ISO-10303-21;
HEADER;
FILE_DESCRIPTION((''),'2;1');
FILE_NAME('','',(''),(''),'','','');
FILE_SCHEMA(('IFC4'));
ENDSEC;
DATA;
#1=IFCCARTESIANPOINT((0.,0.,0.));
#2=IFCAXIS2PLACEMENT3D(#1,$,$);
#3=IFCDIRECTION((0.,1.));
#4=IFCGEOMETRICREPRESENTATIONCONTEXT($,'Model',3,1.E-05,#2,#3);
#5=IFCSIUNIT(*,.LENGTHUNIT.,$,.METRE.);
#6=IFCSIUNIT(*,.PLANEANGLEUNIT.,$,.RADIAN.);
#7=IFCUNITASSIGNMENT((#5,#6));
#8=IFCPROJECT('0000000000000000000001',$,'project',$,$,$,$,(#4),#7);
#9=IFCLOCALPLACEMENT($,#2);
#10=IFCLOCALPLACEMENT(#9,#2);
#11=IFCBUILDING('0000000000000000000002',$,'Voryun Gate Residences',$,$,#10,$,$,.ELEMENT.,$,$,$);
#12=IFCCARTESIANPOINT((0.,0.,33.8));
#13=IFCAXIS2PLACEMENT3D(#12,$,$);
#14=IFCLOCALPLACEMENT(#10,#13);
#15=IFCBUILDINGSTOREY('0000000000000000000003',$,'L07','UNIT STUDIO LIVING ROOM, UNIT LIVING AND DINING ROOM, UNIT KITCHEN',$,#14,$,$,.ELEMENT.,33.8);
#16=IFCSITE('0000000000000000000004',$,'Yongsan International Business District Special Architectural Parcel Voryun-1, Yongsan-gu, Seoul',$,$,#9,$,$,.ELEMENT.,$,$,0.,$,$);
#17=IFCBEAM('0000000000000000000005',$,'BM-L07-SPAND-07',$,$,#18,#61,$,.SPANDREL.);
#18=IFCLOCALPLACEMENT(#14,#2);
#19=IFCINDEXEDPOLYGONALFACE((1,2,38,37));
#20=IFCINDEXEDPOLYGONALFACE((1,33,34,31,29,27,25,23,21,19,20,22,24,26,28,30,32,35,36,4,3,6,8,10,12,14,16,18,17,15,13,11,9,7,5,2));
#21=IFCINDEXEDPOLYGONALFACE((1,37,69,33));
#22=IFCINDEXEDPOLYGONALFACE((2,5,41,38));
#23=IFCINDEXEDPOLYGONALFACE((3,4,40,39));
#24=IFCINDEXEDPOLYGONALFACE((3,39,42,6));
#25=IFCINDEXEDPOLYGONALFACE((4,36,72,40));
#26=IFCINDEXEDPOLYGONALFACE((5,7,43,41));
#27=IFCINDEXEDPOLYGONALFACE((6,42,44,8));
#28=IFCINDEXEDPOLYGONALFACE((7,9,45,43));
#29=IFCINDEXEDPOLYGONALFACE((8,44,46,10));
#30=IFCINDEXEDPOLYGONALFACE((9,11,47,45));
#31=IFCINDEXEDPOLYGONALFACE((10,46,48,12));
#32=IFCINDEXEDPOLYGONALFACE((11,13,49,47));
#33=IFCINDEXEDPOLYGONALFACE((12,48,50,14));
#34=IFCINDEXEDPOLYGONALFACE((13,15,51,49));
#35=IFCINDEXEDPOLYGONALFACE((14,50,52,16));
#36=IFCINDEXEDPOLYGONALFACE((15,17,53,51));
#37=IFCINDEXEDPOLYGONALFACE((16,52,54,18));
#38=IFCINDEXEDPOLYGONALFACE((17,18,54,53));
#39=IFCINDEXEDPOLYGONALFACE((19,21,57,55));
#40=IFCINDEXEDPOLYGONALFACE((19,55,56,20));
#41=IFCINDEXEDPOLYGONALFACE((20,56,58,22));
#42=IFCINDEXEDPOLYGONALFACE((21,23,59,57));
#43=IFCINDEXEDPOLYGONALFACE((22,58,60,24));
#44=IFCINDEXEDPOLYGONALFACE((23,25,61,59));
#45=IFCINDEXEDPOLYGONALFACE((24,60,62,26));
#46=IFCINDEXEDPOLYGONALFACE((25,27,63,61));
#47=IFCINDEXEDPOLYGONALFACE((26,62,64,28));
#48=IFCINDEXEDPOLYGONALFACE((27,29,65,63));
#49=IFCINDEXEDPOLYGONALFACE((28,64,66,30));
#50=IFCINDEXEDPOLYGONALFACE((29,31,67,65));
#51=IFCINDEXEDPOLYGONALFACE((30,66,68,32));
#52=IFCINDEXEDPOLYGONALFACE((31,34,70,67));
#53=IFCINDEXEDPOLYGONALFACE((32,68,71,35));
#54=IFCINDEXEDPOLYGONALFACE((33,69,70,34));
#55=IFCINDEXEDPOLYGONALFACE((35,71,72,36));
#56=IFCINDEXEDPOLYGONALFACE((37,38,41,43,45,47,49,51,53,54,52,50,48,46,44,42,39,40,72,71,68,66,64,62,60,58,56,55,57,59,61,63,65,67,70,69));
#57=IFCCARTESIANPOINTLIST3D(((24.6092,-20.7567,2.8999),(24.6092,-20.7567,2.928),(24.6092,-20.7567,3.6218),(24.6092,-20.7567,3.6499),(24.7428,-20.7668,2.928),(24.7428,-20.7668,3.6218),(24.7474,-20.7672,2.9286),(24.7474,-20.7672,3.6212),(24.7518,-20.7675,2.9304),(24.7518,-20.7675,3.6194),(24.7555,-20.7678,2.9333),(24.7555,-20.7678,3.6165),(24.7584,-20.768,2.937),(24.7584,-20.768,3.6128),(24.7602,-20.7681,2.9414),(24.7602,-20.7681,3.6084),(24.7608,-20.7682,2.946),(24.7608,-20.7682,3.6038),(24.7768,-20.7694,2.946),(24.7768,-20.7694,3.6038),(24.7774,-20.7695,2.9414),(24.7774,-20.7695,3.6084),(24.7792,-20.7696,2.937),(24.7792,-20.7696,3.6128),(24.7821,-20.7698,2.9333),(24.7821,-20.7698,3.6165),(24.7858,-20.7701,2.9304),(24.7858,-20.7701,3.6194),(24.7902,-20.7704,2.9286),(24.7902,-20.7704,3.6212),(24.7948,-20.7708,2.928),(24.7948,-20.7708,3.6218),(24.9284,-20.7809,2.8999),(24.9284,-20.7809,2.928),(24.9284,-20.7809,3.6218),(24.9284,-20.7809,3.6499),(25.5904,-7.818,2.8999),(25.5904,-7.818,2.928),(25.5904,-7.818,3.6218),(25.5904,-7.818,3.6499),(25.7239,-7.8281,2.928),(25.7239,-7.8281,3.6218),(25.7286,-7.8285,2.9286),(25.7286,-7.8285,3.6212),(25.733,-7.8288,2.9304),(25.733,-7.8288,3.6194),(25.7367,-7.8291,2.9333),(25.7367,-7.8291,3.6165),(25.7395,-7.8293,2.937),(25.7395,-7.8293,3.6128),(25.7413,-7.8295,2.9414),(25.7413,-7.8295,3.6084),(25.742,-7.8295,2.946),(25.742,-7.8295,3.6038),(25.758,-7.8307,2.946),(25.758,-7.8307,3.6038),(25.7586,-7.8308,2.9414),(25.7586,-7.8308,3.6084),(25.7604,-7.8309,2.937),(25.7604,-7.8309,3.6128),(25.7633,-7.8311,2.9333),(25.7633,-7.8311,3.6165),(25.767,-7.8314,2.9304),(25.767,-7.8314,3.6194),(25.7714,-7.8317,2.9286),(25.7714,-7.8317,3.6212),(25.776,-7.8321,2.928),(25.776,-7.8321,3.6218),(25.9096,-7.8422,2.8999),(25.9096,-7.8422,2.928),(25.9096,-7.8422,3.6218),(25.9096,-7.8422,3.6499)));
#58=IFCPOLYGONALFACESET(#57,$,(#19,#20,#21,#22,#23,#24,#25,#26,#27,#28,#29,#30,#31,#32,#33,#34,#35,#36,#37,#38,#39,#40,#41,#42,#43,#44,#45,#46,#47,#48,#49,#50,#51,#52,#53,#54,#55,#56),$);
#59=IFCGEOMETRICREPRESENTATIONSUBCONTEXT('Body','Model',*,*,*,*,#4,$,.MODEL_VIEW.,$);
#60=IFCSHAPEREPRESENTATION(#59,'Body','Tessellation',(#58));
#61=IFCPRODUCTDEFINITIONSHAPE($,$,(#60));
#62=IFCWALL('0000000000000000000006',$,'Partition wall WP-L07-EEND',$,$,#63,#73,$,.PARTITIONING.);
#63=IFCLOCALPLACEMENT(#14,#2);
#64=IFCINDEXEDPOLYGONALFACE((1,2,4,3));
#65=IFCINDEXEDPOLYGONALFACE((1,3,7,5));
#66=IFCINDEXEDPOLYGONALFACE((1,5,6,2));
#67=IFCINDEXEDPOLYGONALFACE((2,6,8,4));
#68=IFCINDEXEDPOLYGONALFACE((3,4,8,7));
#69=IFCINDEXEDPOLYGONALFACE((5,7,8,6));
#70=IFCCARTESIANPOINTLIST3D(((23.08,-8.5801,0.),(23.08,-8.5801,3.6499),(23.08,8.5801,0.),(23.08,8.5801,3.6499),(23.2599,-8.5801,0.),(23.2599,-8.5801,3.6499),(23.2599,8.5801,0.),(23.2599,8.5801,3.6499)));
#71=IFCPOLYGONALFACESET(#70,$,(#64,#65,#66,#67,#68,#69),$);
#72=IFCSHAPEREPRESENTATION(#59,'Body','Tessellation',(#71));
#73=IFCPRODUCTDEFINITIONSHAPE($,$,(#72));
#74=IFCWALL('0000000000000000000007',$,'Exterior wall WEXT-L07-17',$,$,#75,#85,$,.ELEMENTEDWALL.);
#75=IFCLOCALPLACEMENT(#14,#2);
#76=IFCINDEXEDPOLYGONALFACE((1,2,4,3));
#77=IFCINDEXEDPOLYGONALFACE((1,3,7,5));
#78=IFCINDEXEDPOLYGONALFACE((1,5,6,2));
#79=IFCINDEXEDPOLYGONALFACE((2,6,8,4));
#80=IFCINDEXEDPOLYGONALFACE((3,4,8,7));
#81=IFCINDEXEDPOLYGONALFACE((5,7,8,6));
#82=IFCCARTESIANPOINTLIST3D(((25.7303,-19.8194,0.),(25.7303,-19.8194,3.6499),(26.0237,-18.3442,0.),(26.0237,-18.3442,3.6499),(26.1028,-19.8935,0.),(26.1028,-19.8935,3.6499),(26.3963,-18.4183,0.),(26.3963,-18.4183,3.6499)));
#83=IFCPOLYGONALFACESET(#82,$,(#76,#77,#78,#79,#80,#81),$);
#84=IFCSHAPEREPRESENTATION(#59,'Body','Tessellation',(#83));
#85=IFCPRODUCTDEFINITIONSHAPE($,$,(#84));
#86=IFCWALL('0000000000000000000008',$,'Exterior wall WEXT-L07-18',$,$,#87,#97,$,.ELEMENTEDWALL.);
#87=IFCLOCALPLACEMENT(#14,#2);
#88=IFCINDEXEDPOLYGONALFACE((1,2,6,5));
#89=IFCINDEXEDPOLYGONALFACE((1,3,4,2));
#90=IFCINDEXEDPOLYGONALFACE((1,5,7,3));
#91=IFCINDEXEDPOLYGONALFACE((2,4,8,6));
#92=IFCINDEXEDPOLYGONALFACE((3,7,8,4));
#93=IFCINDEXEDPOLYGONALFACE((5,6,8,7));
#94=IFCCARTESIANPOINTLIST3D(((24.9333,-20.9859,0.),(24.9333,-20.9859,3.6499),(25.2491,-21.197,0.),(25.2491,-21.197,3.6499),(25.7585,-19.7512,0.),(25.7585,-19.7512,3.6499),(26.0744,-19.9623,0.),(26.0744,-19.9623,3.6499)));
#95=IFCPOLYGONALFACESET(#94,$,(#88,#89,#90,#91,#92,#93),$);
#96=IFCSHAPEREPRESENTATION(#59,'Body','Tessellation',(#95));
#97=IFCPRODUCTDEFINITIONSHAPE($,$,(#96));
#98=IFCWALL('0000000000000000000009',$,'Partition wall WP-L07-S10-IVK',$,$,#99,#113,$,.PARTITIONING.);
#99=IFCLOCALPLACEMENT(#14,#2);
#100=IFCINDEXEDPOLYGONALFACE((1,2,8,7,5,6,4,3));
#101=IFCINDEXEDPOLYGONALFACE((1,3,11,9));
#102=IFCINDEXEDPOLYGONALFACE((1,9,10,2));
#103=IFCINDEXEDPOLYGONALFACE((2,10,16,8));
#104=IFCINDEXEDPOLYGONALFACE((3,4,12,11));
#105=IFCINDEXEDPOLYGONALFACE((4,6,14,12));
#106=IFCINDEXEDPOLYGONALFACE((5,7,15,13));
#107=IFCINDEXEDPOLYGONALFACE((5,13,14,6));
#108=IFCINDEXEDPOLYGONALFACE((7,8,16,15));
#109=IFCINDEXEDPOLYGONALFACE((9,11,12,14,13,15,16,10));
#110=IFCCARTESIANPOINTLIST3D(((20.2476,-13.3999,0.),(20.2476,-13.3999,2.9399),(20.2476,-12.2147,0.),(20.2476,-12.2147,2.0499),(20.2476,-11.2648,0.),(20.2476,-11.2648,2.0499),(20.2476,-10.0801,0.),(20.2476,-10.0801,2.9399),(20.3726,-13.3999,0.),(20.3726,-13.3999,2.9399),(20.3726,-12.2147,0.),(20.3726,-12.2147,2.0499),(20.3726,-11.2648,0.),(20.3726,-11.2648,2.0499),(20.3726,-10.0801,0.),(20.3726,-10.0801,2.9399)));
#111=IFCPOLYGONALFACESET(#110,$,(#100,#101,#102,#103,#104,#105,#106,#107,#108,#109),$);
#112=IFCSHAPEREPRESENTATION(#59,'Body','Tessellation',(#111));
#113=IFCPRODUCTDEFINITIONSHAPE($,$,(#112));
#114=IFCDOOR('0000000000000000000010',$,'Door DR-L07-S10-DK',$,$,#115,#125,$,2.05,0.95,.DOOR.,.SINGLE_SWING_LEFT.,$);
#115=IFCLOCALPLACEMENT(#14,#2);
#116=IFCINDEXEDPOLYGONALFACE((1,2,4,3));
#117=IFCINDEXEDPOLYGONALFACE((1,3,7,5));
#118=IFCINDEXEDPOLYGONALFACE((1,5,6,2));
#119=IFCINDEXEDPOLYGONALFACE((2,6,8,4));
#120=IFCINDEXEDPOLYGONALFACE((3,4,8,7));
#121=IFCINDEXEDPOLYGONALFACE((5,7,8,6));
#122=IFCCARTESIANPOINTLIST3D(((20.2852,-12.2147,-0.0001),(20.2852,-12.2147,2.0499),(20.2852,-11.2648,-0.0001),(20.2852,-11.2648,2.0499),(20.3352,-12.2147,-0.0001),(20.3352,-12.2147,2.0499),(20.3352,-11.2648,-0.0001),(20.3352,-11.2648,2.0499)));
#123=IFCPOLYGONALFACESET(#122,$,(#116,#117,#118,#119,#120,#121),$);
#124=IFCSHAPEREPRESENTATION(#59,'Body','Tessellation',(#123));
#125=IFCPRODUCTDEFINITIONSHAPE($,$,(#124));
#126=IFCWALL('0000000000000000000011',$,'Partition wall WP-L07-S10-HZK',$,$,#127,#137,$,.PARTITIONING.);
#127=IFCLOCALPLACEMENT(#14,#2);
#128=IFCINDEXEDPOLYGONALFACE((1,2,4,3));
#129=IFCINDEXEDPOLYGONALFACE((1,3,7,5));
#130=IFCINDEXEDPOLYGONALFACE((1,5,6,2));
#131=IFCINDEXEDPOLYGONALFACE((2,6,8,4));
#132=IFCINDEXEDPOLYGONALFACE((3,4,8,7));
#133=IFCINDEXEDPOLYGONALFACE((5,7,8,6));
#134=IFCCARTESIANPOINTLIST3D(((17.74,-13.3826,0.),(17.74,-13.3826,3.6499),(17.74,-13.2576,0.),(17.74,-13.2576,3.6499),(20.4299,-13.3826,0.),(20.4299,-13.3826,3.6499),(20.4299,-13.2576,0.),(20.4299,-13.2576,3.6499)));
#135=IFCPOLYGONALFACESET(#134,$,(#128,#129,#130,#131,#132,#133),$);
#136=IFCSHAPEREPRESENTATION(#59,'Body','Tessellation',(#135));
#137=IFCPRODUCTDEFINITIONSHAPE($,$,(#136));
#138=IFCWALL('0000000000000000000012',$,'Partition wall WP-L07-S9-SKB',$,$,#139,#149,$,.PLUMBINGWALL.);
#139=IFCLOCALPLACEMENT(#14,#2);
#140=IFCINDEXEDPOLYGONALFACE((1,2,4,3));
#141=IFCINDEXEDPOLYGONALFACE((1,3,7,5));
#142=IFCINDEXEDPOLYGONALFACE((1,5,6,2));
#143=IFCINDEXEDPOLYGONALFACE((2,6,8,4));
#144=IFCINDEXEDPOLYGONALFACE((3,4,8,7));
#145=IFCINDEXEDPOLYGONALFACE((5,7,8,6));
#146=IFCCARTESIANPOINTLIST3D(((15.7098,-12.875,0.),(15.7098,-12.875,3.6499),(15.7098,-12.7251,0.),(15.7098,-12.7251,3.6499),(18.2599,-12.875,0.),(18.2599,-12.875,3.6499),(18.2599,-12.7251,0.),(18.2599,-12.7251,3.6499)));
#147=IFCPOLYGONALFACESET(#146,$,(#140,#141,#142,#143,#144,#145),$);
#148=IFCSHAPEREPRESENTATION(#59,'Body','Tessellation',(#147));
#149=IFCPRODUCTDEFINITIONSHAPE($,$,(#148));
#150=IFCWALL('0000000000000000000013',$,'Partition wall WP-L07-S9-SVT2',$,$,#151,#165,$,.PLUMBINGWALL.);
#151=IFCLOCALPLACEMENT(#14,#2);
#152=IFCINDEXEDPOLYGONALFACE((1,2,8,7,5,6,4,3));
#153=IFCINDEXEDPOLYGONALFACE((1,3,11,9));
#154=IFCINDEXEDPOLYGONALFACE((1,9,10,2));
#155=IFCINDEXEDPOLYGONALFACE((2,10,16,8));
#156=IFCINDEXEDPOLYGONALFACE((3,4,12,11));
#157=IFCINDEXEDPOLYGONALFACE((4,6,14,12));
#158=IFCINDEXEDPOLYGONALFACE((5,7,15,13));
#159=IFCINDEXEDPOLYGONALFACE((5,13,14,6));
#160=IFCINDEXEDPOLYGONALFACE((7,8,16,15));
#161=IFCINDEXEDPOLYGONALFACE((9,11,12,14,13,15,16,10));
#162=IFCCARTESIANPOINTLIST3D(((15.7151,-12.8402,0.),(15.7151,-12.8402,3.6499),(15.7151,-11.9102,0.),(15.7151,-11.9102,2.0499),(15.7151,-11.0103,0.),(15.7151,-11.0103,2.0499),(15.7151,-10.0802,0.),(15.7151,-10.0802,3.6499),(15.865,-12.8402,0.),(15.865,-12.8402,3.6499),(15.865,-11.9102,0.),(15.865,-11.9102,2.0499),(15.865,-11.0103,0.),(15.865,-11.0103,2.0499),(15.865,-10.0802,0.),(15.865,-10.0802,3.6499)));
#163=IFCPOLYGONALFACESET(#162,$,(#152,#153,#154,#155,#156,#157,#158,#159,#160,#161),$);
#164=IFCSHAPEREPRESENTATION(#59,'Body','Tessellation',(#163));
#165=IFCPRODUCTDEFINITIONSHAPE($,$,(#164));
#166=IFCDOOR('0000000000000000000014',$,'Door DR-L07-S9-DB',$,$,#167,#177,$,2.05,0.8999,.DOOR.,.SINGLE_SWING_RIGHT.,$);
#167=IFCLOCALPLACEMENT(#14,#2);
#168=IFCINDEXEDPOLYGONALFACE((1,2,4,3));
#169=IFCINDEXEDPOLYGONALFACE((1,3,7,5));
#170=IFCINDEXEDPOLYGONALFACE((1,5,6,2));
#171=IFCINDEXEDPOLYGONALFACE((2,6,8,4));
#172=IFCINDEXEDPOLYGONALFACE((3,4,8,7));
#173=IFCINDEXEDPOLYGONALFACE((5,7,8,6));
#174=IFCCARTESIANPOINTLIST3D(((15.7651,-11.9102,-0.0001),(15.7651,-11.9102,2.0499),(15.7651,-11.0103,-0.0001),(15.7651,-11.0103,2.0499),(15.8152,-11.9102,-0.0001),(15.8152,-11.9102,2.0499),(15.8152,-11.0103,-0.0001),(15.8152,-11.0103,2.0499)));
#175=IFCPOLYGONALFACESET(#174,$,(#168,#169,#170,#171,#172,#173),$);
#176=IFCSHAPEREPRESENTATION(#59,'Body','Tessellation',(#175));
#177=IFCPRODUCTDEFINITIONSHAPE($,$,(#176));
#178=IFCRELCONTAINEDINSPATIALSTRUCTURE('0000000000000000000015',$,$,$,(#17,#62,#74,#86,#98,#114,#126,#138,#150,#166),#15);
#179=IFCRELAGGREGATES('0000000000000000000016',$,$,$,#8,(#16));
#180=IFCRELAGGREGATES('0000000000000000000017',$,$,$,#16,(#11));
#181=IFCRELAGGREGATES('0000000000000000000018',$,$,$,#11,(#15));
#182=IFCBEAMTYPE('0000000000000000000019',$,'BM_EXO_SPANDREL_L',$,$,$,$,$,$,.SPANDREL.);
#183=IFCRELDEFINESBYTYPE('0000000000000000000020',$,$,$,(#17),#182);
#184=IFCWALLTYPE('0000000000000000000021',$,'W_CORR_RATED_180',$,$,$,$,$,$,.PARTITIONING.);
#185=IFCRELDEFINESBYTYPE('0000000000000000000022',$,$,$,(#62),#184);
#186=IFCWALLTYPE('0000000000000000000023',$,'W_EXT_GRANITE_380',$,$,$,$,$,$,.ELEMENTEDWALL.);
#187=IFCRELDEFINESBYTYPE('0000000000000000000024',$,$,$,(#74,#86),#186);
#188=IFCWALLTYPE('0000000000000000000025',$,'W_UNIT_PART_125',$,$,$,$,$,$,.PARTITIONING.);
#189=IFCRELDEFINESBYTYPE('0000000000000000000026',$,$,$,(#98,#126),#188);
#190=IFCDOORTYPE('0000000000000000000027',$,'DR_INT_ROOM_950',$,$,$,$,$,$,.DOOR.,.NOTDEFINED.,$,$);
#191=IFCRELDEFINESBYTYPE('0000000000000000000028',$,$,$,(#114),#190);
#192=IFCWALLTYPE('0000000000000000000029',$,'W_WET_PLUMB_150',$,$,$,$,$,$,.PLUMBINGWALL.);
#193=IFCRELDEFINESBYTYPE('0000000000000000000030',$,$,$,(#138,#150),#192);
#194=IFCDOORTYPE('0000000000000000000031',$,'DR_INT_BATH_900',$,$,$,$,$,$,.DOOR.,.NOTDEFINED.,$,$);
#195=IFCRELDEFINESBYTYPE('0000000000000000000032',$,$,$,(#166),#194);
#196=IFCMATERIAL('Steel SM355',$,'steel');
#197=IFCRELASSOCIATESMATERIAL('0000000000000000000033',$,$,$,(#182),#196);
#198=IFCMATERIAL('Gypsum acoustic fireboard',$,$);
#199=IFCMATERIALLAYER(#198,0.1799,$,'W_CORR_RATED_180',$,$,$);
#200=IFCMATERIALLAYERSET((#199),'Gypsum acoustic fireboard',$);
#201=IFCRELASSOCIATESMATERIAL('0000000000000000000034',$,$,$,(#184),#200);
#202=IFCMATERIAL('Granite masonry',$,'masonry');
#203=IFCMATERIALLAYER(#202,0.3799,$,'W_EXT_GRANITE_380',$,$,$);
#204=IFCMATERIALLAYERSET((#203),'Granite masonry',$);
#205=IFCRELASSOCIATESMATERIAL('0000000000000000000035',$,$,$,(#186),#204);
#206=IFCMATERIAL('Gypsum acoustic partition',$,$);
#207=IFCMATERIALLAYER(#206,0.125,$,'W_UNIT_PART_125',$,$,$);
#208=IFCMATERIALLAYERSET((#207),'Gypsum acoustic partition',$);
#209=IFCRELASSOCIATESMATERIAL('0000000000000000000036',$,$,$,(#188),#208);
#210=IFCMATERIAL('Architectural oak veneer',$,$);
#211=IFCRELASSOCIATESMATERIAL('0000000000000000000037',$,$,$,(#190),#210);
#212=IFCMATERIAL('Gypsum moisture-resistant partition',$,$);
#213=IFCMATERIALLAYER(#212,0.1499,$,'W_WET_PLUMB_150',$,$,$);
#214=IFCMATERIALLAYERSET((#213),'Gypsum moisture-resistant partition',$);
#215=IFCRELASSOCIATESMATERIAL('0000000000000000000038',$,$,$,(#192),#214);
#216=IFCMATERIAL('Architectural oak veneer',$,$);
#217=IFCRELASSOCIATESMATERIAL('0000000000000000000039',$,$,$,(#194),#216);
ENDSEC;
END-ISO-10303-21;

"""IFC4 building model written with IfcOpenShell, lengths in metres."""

from ifc_helpers import new_model, si_unit, direction, frame, frame_2d, origin, origin_2d, place, context, subcontext, project, spatial, rectangle, i_section, extrude, material, layer, layer_set, material_profile, profile_set, type_object, element, fill, save


model = new_model("IFC4")

# Units and contexts
model_context = context("Model", 3, precision=1e-05, world=origin(), true_north=direction((0.0, 1.0)))
body_context = subcontext(model_context, "Body", "Model", "MODEL_VIEW")
ifc_project = project(units=[si_unit("LENGTHUNIT", "METRE"), si_unit("PLANEANGLEUNIT", "RADIAN")], contexts=[model_context])

# Site, building, storey
site_placement = place(None, origin())
site = spatial("IfcSite", under=ifc_project, at=site_placement, Name="Yongsan International Business District Special Architectural Parcel Voryun-1, Yongsan-gu, Seoul", CompositionType="ELEMENT", RefElevation=0.0)
building_placement = place(site_placement, origin())
building = spatial("IfcBuilding", under=site, at=building_placement, Name="Voryun Gate Residences", CompositionType="ELEMENT")
storey_placement = place(building_placement, frame((0.0, 0.0, 33.8)))
storey = spatial("IfcBuildingStorey", under=building, at=storey_placement, Name="L07", Description="UNIT STUDIO LIVING ROOM, UNIT LIVING AND DINING ROOM, UNIT KITCHEN", CompositionType="ELEMENT", Elevation=33.8)

# Beam
ifc_material_1 = material(Name="Steel SM355", Category="steel")
ifc_material_profile = material_profile(ifc_material_1, i_section(OverallWidth=0.3201, OverallDepth=0.75, WebThickness=0.0161, FlangeThickness=0.0281, FilletRadius=0.0181, at=origin_2d()), Name="H-750x320x16x28")
ifc_profile_set = profile_set([ifc_material_profile], Name="Steel SM355")
beam_type = type_object("IfcBeamType", Name="BM_EXO_SPANDREL_L", PredefinedType="SPANDREL", material=ifc_profile_set)
beam_placement = place(storey_placement, frame((24.7688, -20.7688, 3.2749), z_axis=(0.075617, 0.997137, 0.0), x_axis=(-0.997137, 0.075617, 0.0)))
element("IfcBeam", 1, at=beam_placement, inside=storey, type_object=beam_type, Name="BM-L07-SPAND-07", PredefinedType="SPANDREL", context=body_context, shape_type="SweptSolid", body=[
    extrude(i_section(OverallWidth=0.3201, OverallDepth=0.75, WebThickness=0.0161, FlangeThickness=0.0281, FilletRadius=0.0181, at=origin_2d()), origin(), (0.0, 0.0, 1.0), 12.9758),
])

# Walls
ifc_material_2 = material(Name="Gypsum acoustic fireboard")
ifc_layer_1 = layer(ifc_material_2, 0.1799, Name="W_CORR_RATED_180")
ifc_layer_set_1 = layer_set([ifc_layer_1], Name="Gypsum acoustic fireboard")
wall_type_1 = type_object("IfcWallType", Name="W_CORR_RATED_180", PredefinedType="PARTITIONING", material=ifc_layer_set_1)
wall_1_placement = place(storey_placement, frame((23.1699, -8.5801, 0.0), z_axis=(0.0, 0.0, 1.0), x_axis=(0.0, 1.0, 0.0)))
element("IfcWall", 2, at=wall_1_placement, inside=storey, type_object=wall_type_1, Name="Partition wall WP-L07-EEND", PredefinedType="PARTITIONING", context=body_context, shape_type="SweptSolid", body=[
    extrude(rectangle(XDim=17.1602, YDim=0.1799, at=frame_2d((8.5801, 0.0))), origin(), (0.0, 0.0, 1.0), 3.6499),
])
ifc_material_3 = material(Name="Granite masonry", Category="masonry")
ifc_layer_2 = layer(ifc_material_3, 0.3799, Name="W_EXT_GRANITE_380")
ifc_layer_set_2 = layer_set([ifc_layer_2], Name="Granite masonry")
wall_type_2 = type_object("IfcWallType", Name="W_EXT_GRANITE_380", PredefinedType="ELEMENTEDWALL", material=ifc_layer_set_2)
wall_2_placement = place(storey_placement, frame((26.21, -18.3813, 0.0), z_axis=(0.0, 0.0, 1.0), x_axis=(-0.195086, -0.980786, 0.0)))
element("IfcWall", 3, at=wall_2_placement, inside=storey, type_object=wall_type_2, Name="Exterior wall WEXT-L07-17", PredefinedType="ELEMENTEDWALL", context=body_context, shape_type="SweptSolid", body=[
    extrude(rectangle(XDim=1.5042, YDim=0.3799, at=frame_2d((0.752, 0.0))), origin(), (0.0, 0.0, 1.0), 3.6499),
])
wall_3_placement = place(storey_placement, frame((25.9165, -19.8567, 0.0), z_axis=(0.0, 0.0, 1.0), x_axis=(-0.555686, -0.831392, 0.0)))
element("IfcWall", 4, at=wall_3_placement, inside=storey, type_object=wall_type_2, Name="Exterior wall WEXT-L07-18", PredefinedType="ELEMENTEDWALL", context=body_context, shape_type="SweptSolid", body=[
    extrude(rectangle(XDim=1.4851, YDim=0.3799, at=frame_2d((0.7427, 0.0))), origin(), (0.0, 0.0, 1.0), 3.6499),
])

# Wall, opening, door
ifc_material_4 = material(Name="Gypsum acoustic partition")
ifc_layer_3 = layer(ifc_material_4, 0.125, Name="W_UNIT_PART_125")
ifc_layer_set_3 = layer_set([ifc_layer_3], Name="Gypsum acoustic partition")
wall_type_3 = type_object("IfcWallType", Name="W_UNIT_PART_125", PredefinedType="PARTITIONING", material=ifc_layer_set_3)
wall_4_placement = place(storey_placement, frame((20.3101, -13.3999, 0.0), z_axis=(0.0, 0.0, 1.0), x_axis=(0.0, 1.0, 0.0)))
wall_4 = element("IfcWall", 5, at=wall_4_placement, inside=storey, type_object=wall_type_3, Name="Partition wall WP-L07-S10-IVK", PredefinedType="PARTITIONING", context=body_context, shape_type="SweptSolid", body=[
    extrude(rectangle(XDim=3.3198, YDim=0.125, at=frame_2d((1.6599, 0.0))), origin(), (0.0, 0.0, 1.0), 2.9399),
])
opening_1_placement = place(wall_4_placement, frame((1.1851, 0.0, 0.0)))
opening_1 = element("IfcOpeningElement", 6, at=opening_1_placement, cuts=wall_4, PredefinedType="OPENING", context=body_context, shape_type="SweptSolid", body=[
    extrude(rectangle(XDim=0.95, YDim=2.05, at=frame_2d((0.4751, 1.0249))), frame((0.0, 0.0725, 0.0), z_axis=(0.0, -1.0, 0.0), x_axis=(1.0, 0.0, 0.0)), (0.0, 0.0, 1.0), 0.145),
])
ifc_material_5 = material(Name="Architectural oak veneer")
door_type_1 = type_object("IfcDoorType", Name="DR_INT_ROOM_950", OperationType="NOTDEFINED", PredefinedType="DOOR", material=ifc_material_5)
door_1_placement = place(opening_1_placement, origin())
door_1 = element("IfcDoor", 7, at=door_1_placement, inside=storey, type_object=door_type_1, Name="Door DR-L07-S10-DK", OperationType="SINGLE_SWING_LEFT", OverallHeight=2.05, OverallWidth=0.95, PredefinedType="DOOR", context=body_context, shape_type="SweptSolid", body=[
    extrude(rectangle(XDim=0.95, YDim=2.05, at=frame_2d((0.4751, 1.0249))), frame((0.0, 0.0249, 0.0), z_axis=(0.0, -1.0, 0.0), x_axis=(1.0, 0.0, 0.0)), (0.0, 0.0, 1.0), 0.05),
])
fill(opening_1, door_1)

# Walls
wall_5_placement = place(storey_placement, frame((17.74, -13.3201, 0.0), z_axis=(0.0, 0.0, 1.0), x_axis=(1.0, 0.0, 0.0)))
element("IfcWall", 8, at=wall_5_placement, inside=storey, type_object=wall_type_3, Name="Partition wall WP-L07-S10-HZK", PredefinedType="PARTITIONING", context=body_context, shape_type="SweptSolid", body=[
    extrude(rectangle(XDim=2.6899, YDim=0.125, at=frame_2d((1.345, 0.0))), origin(), (0.0, 0.0, 1.0), 3.6499),
])
ifc_material_6 = material(Name="Gypsum moisture-resistant partition")
ifc_layer_4 = layer(ifc_material_6, 0.1499, Name="W_WET_PLUMB_150")
ifc_layer_set_4 = layer_set([ifc_layer_4], Name="Gypsum moisture-resistant partition")
wall_type_4 = type_object("IfcWallType", Name="W_WET_PLUMB_150", PredefinedType="PLUMBINGWALL", material=ifc_layer_set_4)
wall_6_placement = place(storey_placement, frame((15.71, -12.8, 0.0), z_axis=(0.0, 0.0, 1.0), x_axis=(1.0, 0.0, 0.0)))
element("IfcWall", 9, at=wall_6_placement, inside=storey, type_object=wall_type_4, Name="Partition wall WP-L07-S9-SKB", PredefinedType="PLUMBINGWALL", context=body_context, shape_type="SweptSolid", body=[
    extrude(rectangle(XDim=2.55, YDim=0.1499, at=frame_2d((1.2749, 0.0))), origin(), (0.0, 0.0, 1.0), 3.6499),
])

# Wall, opening, door
wall_7_placement = place(storey_placement, frame((15.79, -12.8401, 0.0), z_axis=(0.0, 0.0, 1.0), x_axis=(0.0, 1.0, 0.0)))
wall_7 = element("IfcWall", 10, at=wall_7_placement, inside=storey, type_object=wall_type_4, Name="Partition wall WP-L07-S9-SVT2", PredefinedType="PLUMBINGWALL", context=body_context, shape_type="SweptSolid", body=[
    extrude(rectangle(XDim=2.76, YDim=0.1499, at=frame_2d((1.3799, 0.0))), origin(), (0.0, 0.0, 1.0), 3.6499),
])
opening_2_placement = place(wall_7_placement, frame((0.9299, 0.0, 0.0)))
opening_2 = element("IfcOpeningElement", 11, at=opening_2_placement, cuts=wall_7, PredefinedType="OPENING", context=body_context, shape_type="SweptSolid", body=[
    extrude(rectangle(XDim=0.8999, YDim=2.05, at=frame_2d((0.45, 1.0249))), frame((0.0, 0.085, 0.0), z_axis=(0.0, -1.0, 0.0), x_axis=(1.0, 0.0, 0.0)), (0.0, 0.0, 1.0), 0.1699),
])
ifc_material_7 = material(Name="Architectural oak veneer")
door_type_2 = type_object("IfcDoorType", Name="DR_INT_BATH_900", OperationType="NOTDEFINED", PredefinedType="DOOR", material=ifc_material_7)
door_2_placement = place(opening_2_placement, origin())
door_2 = element("IfcDoor", 12, at=door_2_placement, inside=storey, type_object=door_type_2, Name="Door DR-L07-S9-DB", OperationType="SINGLE_SWING_RIGHT", OverallHeight=2.05, OverallWidth=0.8999, PredefinedType="DOOR", context=body_context, shape_type="SweptSolid", body=[
    extrude(rectangle(XDim=0.8999, YDim=2.05, at=frame_2d((0.45, 1.0249))), frame((0.0, 0.0249, 0.0), z_axis=(0.0, -1.0, 0.0), x_axis=(1.0, 0.0, 0.0)), (0.0, 0.0, 1.0), 0.05),
])
fill(opening_2, door_2)

save(model, "model.ifc")
